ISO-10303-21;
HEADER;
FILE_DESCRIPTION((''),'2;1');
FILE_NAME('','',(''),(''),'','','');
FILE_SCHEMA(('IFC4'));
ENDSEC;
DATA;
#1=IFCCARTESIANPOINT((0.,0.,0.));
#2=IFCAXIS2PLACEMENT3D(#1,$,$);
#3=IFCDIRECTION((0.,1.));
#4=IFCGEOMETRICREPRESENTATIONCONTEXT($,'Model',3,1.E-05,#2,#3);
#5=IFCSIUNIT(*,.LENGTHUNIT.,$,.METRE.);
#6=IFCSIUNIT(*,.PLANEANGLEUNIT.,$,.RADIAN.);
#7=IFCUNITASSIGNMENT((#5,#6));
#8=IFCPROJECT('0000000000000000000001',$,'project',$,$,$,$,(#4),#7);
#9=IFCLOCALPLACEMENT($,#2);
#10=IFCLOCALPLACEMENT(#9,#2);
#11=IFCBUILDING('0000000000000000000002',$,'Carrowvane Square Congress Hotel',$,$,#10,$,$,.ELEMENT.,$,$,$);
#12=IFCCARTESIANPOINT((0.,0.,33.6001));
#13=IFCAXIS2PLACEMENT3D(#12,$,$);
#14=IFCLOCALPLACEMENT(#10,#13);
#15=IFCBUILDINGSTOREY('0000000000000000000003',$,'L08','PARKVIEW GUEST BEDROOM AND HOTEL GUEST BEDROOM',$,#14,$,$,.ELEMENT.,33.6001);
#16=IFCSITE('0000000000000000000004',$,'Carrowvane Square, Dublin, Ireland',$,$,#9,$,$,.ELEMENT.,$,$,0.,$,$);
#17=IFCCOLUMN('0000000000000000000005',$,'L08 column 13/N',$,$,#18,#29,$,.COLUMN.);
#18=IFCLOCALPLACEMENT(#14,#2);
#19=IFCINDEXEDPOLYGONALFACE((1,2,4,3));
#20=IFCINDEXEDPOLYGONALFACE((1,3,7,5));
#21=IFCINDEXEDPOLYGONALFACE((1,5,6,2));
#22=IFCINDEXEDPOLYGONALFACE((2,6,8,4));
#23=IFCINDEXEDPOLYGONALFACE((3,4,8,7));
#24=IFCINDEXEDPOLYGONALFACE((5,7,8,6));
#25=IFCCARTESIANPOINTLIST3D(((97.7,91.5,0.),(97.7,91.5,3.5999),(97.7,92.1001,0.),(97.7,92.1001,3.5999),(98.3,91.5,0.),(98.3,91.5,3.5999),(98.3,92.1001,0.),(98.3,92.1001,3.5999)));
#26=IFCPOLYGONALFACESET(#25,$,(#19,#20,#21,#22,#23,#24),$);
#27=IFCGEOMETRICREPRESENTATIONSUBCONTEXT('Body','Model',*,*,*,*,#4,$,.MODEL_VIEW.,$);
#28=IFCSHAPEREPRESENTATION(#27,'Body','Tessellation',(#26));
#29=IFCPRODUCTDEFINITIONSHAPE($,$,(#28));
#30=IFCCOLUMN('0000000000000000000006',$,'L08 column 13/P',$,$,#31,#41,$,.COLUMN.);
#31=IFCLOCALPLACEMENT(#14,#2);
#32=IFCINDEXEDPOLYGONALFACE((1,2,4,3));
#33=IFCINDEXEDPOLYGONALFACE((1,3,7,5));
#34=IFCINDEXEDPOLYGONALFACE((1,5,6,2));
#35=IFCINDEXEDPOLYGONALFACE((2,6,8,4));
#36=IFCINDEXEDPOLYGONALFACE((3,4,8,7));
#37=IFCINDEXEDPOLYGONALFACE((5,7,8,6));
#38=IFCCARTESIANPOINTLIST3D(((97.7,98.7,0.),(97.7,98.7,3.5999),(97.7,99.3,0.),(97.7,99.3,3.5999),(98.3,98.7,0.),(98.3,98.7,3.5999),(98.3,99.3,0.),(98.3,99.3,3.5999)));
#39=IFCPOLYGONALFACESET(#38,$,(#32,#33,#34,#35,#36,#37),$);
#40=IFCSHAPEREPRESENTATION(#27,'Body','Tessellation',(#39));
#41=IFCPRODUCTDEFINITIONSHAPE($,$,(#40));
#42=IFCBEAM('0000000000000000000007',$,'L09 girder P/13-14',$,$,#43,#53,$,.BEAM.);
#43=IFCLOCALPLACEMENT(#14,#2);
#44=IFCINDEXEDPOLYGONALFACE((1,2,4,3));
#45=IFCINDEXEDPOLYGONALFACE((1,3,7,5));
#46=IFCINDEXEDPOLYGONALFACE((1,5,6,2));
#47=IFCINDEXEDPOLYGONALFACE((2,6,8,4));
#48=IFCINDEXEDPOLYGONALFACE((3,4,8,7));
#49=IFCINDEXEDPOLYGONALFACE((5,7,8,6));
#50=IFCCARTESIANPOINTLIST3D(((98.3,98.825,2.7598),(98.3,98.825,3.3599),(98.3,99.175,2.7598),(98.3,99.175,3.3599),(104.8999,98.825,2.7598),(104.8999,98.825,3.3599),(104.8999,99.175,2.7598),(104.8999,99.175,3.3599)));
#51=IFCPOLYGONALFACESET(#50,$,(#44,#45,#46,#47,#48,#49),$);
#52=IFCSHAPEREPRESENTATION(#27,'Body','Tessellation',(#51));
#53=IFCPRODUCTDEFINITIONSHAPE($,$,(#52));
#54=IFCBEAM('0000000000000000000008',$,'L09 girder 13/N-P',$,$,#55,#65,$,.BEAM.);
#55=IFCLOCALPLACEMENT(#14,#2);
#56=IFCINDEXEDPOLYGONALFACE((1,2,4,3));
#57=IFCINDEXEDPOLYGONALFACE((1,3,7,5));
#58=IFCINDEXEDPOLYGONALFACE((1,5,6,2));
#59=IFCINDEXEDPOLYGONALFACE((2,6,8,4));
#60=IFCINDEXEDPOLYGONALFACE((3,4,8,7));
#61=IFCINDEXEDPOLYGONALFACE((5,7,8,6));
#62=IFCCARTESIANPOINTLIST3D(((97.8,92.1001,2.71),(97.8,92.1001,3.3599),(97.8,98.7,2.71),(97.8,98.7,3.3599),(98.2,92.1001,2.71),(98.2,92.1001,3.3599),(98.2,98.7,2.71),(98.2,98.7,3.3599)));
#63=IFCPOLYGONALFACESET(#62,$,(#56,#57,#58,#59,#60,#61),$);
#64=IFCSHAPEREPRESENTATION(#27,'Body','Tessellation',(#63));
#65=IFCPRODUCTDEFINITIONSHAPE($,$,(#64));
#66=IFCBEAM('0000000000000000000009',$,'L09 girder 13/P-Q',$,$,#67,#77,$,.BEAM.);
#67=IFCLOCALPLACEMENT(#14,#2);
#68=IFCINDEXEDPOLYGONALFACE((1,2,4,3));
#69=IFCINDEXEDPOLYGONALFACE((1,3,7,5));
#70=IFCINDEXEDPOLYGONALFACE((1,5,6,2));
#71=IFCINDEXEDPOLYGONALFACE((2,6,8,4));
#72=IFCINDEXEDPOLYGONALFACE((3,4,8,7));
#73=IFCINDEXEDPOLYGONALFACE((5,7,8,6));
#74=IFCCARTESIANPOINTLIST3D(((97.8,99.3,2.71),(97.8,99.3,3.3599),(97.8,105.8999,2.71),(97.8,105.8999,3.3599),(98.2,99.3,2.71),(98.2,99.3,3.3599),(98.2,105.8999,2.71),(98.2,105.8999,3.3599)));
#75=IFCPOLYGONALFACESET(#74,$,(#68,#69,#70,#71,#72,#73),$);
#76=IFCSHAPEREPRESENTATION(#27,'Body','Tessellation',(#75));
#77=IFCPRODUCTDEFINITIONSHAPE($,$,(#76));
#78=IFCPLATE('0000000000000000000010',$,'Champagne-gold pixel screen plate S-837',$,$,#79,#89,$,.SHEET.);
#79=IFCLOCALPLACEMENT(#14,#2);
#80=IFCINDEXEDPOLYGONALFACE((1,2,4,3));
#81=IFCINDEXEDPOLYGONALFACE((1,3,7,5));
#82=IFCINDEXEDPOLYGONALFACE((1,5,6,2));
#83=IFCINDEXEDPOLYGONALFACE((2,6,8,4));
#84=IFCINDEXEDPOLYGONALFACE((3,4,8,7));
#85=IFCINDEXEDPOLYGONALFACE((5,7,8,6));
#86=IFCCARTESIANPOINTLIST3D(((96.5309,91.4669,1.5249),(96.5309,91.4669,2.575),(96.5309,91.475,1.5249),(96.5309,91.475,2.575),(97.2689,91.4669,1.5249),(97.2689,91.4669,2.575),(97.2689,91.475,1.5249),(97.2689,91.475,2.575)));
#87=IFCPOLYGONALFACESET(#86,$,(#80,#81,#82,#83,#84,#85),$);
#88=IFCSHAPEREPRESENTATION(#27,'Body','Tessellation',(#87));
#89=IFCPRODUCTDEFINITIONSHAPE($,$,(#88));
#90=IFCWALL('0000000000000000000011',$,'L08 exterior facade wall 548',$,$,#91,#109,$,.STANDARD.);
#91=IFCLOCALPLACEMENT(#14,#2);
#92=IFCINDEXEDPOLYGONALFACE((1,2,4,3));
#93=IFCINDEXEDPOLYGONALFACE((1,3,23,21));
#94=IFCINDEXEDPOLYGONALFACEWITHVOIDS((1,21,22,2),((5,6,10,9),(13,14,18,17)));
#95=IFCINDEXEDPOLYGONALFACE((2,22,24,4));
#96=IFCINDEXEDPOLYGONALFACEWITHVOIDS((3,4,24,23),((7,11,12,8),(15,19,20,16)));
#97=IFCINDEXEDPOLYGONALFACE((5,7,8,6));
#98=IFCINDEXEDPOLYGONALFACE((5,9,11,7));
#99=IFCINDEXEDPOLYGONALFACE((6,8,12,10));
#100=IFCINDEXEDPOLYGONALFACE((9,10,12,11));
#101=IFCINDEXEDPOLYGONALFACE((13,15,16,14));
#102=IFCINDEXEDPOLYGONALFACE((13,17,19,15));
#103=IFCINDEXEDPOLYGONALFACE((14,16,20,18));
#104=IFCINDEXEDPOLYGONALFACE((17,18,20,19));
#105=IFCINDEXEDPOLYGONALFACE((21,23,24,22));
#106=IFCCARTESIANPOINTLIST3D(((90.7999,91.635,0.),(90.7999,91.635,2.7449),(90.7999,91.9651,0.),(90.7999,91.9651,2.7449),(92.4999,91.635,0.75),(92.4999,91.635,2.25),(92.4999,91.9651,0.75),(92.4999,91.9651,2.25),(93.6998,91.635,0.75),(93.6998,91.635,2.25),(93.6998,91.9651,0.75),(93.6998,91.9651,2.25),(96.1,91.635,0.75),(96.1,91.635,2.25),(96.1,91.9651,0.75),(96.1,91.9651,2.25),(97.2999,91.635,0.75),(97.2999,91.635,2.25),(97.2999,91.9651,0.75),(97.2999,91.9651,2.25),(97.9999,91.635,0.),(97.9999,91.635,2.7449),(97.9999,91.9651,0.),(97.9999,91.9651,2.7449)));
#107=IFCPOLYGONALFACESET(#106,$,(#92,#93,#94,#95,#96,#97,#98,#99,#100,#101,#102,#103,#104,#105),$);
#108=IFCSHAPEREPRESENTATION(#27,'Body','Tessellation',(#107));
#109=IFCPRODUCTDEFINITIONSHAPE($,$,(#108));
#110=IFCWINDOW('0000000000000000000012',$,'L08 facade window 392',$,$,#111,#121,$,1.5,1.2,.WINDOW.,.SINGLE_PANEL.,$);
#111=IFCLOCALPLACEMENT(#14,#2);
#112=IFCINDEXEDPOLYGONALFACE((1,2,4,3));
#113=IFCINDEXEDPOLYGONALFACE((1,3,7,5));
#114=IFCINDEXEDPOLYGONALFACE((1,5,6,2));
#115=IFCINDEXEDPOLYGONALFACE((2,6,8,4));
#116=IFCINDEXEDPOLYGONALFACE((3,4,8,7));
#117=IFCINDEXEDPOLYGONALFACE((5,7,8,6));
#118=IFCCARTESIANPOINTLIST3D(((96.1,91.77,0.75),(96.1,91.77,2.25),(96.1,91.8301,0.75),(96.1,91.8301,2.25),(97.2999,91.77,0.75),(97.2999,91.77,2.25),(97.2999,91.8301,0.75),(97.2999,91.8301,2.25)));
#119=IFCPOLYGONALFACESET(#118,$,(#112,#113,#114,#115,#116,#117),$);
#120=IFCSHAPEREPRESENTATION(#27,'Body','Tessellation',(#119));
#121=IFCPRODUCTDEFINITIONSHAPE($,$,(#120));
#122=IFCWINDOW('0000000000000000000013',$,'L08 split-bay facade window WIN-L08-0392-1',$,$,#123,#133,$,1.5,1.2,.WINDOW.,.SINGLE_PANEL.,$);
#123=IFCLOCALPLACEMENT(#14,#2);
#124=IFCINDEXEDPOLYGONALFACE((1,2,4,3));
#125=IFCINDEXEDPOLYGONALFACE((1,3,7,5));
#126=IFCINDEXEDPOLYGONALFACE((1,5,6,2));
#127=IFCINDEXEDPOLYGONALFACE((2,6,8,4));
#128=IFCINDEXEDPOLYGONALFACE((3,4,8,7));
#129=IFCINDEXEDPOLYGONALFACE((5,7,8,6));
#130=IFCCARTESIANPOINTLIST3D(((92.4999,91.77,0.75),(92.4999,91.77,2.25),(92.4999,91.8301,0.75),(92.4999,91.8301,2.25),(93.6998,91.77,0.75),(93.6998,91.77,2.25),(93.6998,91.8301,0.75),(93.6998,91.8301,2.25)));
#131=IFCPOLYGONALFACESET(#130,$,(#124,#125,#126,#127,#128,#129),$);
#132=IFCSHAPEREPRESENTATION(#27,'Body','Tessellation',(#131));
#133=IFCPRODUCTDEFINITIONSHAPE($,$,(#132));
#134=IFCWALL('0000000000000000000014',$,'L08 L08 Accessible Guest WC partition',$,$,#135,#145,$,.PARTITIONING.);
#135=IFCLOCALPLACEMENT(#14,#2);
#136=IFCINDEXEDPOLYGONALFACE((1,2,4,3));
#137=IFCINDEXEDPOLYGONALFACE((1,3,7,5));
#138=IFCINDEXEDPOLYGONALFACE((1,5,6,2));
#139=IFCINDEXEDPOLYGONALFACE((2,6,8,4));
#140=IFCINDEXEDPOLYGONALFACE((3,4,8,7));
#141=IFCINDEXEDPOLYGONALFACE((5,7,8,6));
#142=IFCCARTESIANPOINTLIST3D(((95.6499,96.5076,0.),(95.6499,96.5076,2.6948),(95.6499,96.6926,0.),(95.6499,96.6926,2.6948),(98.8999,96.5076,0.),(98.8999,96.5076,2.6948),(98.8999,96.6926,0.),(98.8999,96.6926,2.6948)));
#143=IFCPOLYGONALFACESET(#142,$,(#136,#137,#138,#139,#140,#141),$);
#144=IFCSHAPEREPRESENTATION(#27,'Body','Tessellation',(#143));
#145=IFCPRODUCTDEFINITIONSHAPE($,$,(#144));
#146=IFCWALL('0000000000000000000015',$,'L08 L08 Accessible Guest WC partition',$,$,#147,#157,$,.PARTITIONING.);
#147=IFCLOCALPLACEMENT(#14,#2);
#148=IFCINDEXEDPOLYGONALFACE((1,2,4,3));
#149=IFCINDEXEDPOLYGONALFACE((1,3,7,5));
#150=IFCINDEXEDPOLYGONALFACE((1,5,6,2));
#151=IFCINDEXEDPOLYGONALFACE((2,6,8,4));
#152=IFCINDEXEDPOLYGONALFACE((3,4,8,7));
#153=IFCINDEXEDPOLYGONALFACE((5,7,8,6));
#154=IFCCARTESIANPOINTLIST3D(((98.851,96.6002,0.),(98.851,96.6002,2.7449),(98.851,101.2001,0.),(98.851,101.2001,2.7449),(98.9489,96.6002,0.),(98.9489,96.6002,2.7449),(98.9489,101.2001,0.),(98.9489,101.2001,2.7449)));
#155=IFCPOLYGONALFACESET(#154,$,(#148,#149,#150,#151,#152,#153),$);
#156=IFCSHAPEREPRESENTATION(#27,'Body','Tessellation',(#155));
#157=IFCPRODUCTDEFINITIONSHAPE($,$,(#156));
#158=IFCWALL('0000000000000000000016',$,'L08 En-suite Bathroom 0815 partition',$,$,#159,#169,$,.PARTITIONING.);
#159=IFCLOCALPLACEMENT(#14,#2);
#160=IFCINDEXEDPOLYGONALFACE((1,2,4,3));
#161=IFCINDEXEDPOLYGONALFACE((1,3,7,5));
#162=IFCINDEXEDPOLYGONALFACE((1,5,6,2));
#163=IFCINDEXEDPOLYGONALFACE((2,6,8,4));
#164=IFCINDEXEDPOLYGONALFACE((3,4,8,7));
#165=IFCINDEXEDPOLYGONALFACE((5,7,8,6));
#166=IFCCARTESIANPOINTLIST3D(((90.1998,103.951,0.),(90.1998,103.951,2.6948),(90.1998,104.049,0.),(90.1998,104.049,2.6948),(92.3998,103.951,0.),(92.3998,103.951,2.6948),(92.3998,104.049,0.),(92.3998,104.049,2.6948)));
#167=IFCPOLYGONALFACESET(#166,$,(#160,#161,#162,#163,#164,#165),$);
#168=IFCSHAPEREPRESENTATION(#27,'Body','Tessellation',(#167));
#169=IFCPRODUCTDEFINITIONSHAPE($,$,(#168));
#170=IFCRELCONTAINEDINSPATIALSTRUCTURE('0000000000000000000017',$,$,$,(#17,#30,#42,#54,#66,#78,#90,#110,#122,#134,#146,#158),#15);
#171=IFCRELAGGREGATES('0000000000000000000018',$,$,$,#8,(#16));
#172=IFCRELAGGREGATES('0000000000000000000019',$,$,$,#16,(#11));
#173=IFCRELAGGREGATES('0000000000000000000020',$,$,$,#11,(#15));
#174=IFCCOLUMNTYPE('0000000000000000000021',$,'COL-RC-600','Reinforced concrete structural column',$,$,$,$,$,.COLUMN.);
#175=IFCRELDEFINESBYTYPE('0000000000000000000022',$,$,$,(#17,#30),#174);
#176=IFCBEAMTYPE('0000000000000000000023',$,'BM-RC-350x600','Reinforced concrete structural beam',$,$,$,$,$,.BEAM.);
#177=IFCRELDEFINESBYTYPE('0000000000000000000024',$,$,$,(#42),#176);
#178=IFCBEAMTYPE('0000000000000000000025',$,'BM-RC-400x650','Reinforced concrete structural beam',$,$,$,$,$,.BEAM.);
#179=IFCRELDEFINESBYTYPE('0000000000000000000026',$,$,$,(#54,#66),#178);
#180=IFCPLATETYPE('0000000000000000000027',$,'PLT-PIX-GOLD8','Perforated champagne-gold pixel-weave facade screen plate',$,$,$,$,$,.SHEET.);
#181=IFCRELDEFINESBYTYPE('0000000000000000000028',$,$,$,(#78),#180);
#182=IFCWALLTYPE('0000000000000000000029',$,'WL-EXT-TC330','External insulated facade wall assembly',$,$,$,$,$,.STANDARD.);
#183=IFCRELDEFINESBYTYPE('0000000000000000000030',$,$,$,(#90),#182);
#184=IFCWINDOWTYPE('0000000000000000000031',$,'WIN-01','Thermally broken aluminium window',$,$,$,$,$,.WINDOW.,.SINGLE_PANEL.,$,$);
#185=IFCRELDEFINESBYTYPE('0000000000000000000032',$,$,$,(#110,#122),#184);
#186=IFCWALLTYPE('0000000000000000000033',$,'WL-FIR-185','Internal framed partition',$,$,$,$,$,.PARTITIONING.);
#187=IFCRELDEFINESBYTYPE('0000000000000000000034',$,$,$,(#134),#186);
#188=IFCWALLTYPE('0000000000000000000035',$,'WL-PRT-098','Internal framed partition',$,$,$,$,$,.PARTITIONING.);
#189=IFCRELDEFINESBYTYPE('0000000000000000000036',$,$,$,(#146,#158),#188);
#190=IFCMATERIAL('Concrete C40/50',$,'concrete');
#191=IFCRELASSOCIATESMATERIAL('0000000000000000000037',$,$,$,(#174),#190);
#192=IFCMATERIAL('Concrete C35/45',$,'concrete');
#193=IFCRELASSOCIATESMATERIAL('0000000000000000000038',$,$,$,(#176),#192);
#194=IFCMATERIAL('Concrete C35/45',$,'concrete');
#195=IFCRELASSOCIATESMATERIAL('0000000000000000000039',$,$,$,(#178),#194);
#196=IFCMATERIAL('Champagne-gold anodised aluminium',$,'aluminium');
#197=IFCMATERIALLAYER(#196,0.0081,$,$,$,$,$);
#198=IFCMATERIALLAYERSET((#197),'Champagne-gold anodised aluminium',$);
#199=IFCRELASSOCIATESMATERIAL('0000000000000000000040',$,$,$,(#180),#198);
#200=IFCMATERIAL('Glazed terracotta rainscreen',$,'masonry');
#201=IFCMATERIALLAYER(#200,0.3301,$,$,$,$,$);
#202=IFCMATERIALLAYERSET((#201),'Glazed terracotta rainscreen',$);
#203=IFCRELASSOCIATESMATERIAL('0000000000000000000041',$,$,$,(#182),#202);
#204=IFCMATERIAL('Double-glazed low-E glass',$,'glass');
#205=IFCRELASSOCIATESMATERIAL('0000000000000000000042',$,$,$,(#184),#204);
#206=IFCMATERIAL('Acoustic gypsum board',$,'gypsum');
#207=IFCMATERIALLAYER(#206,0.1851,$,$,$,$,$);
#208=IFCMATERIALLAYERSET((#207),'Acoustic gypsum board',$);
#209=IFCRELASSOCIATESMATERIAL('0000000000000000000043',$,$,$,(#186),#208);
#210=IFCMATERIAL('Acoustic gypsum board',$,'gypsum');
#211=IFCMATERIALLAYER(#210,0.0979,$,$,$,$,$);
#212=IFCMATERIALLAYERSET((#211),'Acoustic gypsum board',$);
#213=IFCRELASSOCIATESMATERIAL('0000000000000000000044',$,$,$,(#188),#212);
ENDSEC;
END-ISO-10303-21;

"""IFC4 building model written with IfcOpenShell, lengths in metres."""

from ifc_helpers import new_model, si_unit, direction, frame, frame_2d, origin, origin_2d, place, context, subcontext, project, spatial, rectangle, extrude, material, layer, layer_set, material_profile, profile_set, type_object, element, fill, save


model = new_model("IFC4")

# Units and contexts
model_context = context("Model", 3, precision=1e-05, world=origin(), true_north=direction((0.0, 1.0)))
body_context = subcontext(model_context, "Body", "Model", "MODEL_VIEW")
ifc_project = project(units=[si_unit("LENGTHUNIT", "METRE"), si_unit("PLANEANGLEUNIT", "RADIAN")], contexts=[model_context])

# Site, building, storey
site_placement = place(None, origin())
site = spatial("IfcSite", under=ifc_project, at=site_placement, Name="Carrowvane Square, Dublin, Ireland", CompositionType="ELEMENT", RefElevation=0.0)
building_placement = place(site_placement, origin())
building = spatial("IfcBuilding", under=site, at=building_placement, Name="Carrowvane Square Congress Hotel", CompositionType="ELEMENT")
storey_placement = place(building_placement, frame((0.0, 0.0, 33.6001)))
storey = spatial("IfcBuildingStorey", under=building, at=storey_placement, Name="L08", Description="PARKVIEW GUEST BEDROOM AND HOTEL GUEST BEDROOM", CompositionType="ELEMENT", Elevation=33.6001)

# Columns
ifc_material_1 = material(Name="Concrete C40/50", Category="concrete")
ifc_material_profile_1 = material_profile(ifc_material_1, rectangle(XDim=0.6001, YDim=0.6001, at=origin_2d()), Name="RC 600x600")
ifc_profile_set_1 = profile_set([ifc_material_profile_1], Name="Concrete C40/50")
column_type = type_object("IfcColumnType", Name="COL-RC-600", Description="Reinforced concrete structural column", PredefinedType="COLUMN", material=ifc_profile_set_1)
for number, where, z_axis, x_axis, name in (
    (1, (98.0, 91.8, 0.0), (0.0, 0.0, 1.0), (1.0, 0.0, 0.0), "L08 column 13/N"),
    (2, (98.0, 99.0, 0.0), (0.0, 0.0, 1.0), (1.0, 0.0, 0.0), "L08 column 13/P"),
):
    element("IfcColumn", number, at=place(storey_placement, frame(where, z_axis=z_axis, x_axis=x_axis)), inside=storey, type_object=column_type, Name=name, PredefinedType="COLUMN", context=body_context, shape_type="SweptSolid", body=[
        extrude(rectangle(XDim=0.6001, YDim=0.6001, at=origin_2d()), origin(), (0.0, 0.0, 1.0), 3.5999),
    ])

# Beams
ifc_material_2 = material(Name="Concrete C35/45", Category="concrete")
ifc_material_profile_2 = material_profile(ifc_material_2, rectangle(XDim=0.3501, YDim=0.6001, at=origin_2d()), Name="RC 350x600")
ifc_profile_set_2 = profile_set([ifc_material_profile_2], Name="Concrete C35/45")
beam_type_1 = type_object("IfcBeamType", Name="BM-RC-350x600", Description="Reinforced concrete structural beam", PredefinedType="BEAM", material=ifc_profile_set_2)
beam_placement = place(storey_placement, frame((98.3, 99.0, 3.0598), z_axis=(1.0, 0.0, 0.0), x_axis=(0.0, 1.0, 0.0)))
element("IfcBeam", 3, at=beam_placement, inside=storey, type_object=beam_type_1, Name="L09 girder P/13-14", PredefinedType="BEAM", context=body_context, shape_type="SweptSolid", body=[
    extrude(rectangle(XDim=0.3501, YDim=0.6001, at=origin_2d()), origin(), (0.0, 0.0, 1.0), 6.5999),
])
ifc_material_3 = material(Name="Concrete C35/45", Category="concrete")
ifc_material_profile_3 = material_profile(ifc_material_3, rectangle(XDim=0.3999, YDim=0.6499, at=origin_2d()), Name="RC 400x650")
ifc_profile_set_3 = profile_set([ifc_material_profile_3], Name="Concrete C35/45")
beam_type_2 = type_object("IfcBeamType", Name="BM-RC-400x650", Description="Reinforced concrete structural beam", PredefinedType="BEAM", material=ifc_profile_set_3)
for number, where, z_axis, x_axis, name in (
    (4, (98.0, 92.1001, 3.0349), (0.0, 1.0, 0.0), (-1.0, 0.0, 0.0), "L09 girder 13/N-P"),
    (5, (98.0, 99.3, 3.0349), (0.0, 1.0, 0.0), (-1.0, 0.0, 0.0), "L09 girder 13/P-Q"),
):
    element("IfcBeam", number, at=place(storey_placement, frame(where, z_axis=z_axis, x_axis=x_axis)), inside=storey, type_object=beam_type_2, Name=name, PredefinedType="BEAM", context=body_context, shape_type="SweptSolid", body=[
        extrude(rectangle(XDim=0.3999, YDim=0.6499, at=origin_2d()), origin(), (0.0, 0.0, 1.0), 6.5999),
    ])

# Plate
ifc_material_4 = material(Name="Champagne-gold anodised aluminium", Category="aluminium")
ifc_layer_1 = layer(ifc_material_4, 0.0081)
ifc_layer_set_1 = layer_set([ifc_layer_1], Name="Champagne-gold anodised aluminium")
plate_type = type_object("IfcPlateType", Name="PLT-PIX-GOLD8", Description="Perforated champagne-gold pixel-weave facade screen plate", PredefinedType="SHEET", material=ifc_layer_set_1)
plate_placement = place(storey_placement, frame((96.8999, 91.4709, 1.5249), z_axis=(0.0, 0.0, 1.0), x_axis=(-1.0, 0.0, 0.0)))
element("IfcPlate", 6, at=plate_placement, inside=storey, type_object=plate_type, Name="Champagne-gold pixel screen plate S-837", PredefinedType="SHEET", context=body_context, shape_type="SweptSolid", body=[
    extrude(rectangle(XDim=0.738, YDim=0.0081, at=origin_2d()), origin(), (0.0, 0.0, 1.0), 1.05),
])

# Wall, openings, windows
ifc_material_5 = material(Name="Glazed terracotta rainscreen", Category="masonry")
ifc_layer_2 = layer(ifc_material_5, 0.3301)
ifc_layer_set_2 = layer_set([ifc_layer_2], Name="Glazed terracotta rainscreen")
wall_type_1 = type_object("IfcWallType", Name="WL-EXT-TC330", Description="External insulated facade wall assembly", PredefinedType="STANDARD", material=ifc_layer_set_2)
wall_1_placement = place(storey_placement, frame((98.0, 91.8, 0.0), z_axis=(0.0, 0.0, 1.0), x_axis=(-1.0, 0.0, 0.0)))
wall_1 = element("IfcWall", 7, at=wall_1_placement, inside=storey, type_object=wall_type_1, Name="L08 exterior facade wall 548", PredefinedType="STANDARD", context=body_context, shape_type="SweptSolid", body=[
    extrude(rectangle(XDim=7.2, YDim=0.3301, at=frame_2d((3.6001, 0.0))), origin(), (0.0, 0.0, 1.0), 2.7449),
])
opening_1_placement = place(wall_1_placement, frame((0.7, 0.0, 0.75)))
opening_1 = element("IfcOpeningElement", 8, at=opening_1_placement, cuts=wall_1, PredefinedType="OPENING", context=body_context, shape_type="SweptSolid", body=[
    extrude(rectangle(XDim=1.2, YDim=1.5, at=frame_2d((0.6001, 0.75))), frame((0.0, 0.175, 0.0), z_axis=(0.0, -1.0, 0.0), x_axis=(1.0, 0.0, 0.0)), (0.0, 0.0, 1.0), 0.3501),
])
opening_2_placement = place(wall_1_placement, frame((4.3, 0.0, 0.75)))
opening_2 = element("IfcOpeningElement", 9, at=opening_2_placement, cuts=wall_1, PredefinedType="OPENING", context=body_context, shape_type="SweptSolid", body=[
    extrude(rectangle(XDim=1.2, YDim=1.5, at=frame_2d((0.6001, 0.75))), frame((0.0, 0.175, 0.0), z_axis=(0.0, -1.0, 0.0), x_axis=(1.0, 0.0, 0.0)), (0.0, 0.0, 1.0), 0.3501),
])
ifc_material_6 = material(Name="Double-glazed low-E glass", Category="glass")
window_type = type_object("IfcWindowType", Name="WIN-01", Description="Thermally broken aluminium window", PartitioningType="SINGLE_PANEL", PredefinedType="WINDOW", material=ifc_material_6)
window_1_placement = place(opening_1_placement, origin())
window_1 = element("IfcWindow", 10, at=window_1_placement, inside=storey, type_object=window_type, Name="L08 facade window 392", OverallHeight=1.5, OverallWidth=1.2, PartitioningType="SINGLE_PANEL", PredefinedType="WINDOW", context=body_context, shape_type="SweptSolid", body=[
    extrude(rectangle(XDim=1.2, YDim=1.5, at=frame_2d((0.6001, 0.75))), frame((0.0, 0.03, 0.0), z_axis=(0.0, -1.0, 0.0), x_axis=(1.0, 0.0, 0.0)), (0.0, 0.0, 1.0), 0.0601),
])
fill(opening_1, window_1)
window_2_placement = place(opening_2_placement, origin())
window_2 = element("IfcWindow", 11, at=window_2_placement, inside=storey, type_object=window_type, Name="L08 split-bay facade window WIN-L08-0392-1", OverallHeight=1.5, OverallWidth=1.2, PartitioningType="SINGLE_PANEL", PredefinedType="WINDOW", context=body_context, shape_type="SweptSolid", body=[
    extrude(rectangle(XDim=1.2, YDim=1.5, at=frame_2d((0.6001, 0.75))), frame((0.0, 0.03, 0.0), z_axis=(0.0, -1.0, 0.0), x_axis=(1.0, 0.0, 0.0)), (0.0, 0.0, 1.0), 0.0601),
])
fill(opening_2, window_2)

# Walls
ifc_material_7 = material(Name="Acoustic gypsum board", Category="gypsum")
ifc_layer_3 = layer(ifc_material_7, 0.1851)
ifc_layer_set_3 = layer_set([ifc_layer_3], Name="Acoustic gypsum board")
wall_type_2 = type_object("IfcWallType", Name="WL-FIR-185", Description="Internal framed partition", PredefinedType="PARTITIONING", material=ifc_layer_set_3)
wall_2_placement = place(storey_placement, frame((98.8999, 96.6001, 0.0), z_axis=(0.0, 0.0, 1.0), x_axis=(-1.0, 0.0, 0.0)))
element("IfcWall", 12, at=wall_2_placement, inside=storey, type_object=wall_type_2, Name="L08 L08 Accessible Guest WC partition", PredefinedType="PARTITIONING", context=body_context, shape_type="SweptSolid", body=[
    extrude(rectangle(XDim=3.25, YDim=0.1851, at=frame_2d((1.625, 0.0))), origin(), (0.0, 0.0, 1.0), 2.6948),
])
ifc_material_8 = material(Name="Acoustic gypsum board", Category="gypsum")
ifc_layer_4 = layer(ifc_material_8, 0.0979)
ifc_layer_set_4 = layer_set([ifc_layer_4], Name="Acoustic gypsum board")
wall_type_3 = type_object("IfcWallType", Name="WL-PRT-098", Description="Internal framed partition", PredefinedType="PARTITIONING", material=ifc_layer_set_4)
wall_3_placement = place(storey_placement, frame((98.8999, 101.2, 0.0), z_axis=(0.0, 0.0, 1.0), x_axis=(0.0, -1.0, 0.0)))
element("IfcWall", 13, at=wall_3_placement, inside=storey, type_object=wall_type_3, Name="L08 L08 Accessible Guest WC partition", PredefinedType="PARTITIONING", context=body_context, shape_type="SweptSolid", body=[
    extrude(rectangle(XDim=4.5999, YDim=0.0979, at=frame_2d((2.2998, 0.0))), origin(), (0.0, 0.0, 1.0), 2.7449),
])
wall_4_placement = place(storey_placement, frame((92.3999, 104.0, 0.0), z_axis=(0.0, 0.0, 1.0), x_axis=(-1.0, 0.0, 0.0)))
element("IfcWall", 14, at=wall_4_placement, inside=storey, type_object=wall_type_3, Name="L08 En-suite Bathroom 0815 partition", PredefinedType="PARTITIONING", context=body_context, shape_type="SweptSolid", body=[
    extrude(rectangle(XDim=2.2, YDim=0.0979, at=frame_2d((1.1001, 0.0))), origin(), (0.0, 0.0, 1.0), 2.6948),
])

save(model, "model.ifc")
